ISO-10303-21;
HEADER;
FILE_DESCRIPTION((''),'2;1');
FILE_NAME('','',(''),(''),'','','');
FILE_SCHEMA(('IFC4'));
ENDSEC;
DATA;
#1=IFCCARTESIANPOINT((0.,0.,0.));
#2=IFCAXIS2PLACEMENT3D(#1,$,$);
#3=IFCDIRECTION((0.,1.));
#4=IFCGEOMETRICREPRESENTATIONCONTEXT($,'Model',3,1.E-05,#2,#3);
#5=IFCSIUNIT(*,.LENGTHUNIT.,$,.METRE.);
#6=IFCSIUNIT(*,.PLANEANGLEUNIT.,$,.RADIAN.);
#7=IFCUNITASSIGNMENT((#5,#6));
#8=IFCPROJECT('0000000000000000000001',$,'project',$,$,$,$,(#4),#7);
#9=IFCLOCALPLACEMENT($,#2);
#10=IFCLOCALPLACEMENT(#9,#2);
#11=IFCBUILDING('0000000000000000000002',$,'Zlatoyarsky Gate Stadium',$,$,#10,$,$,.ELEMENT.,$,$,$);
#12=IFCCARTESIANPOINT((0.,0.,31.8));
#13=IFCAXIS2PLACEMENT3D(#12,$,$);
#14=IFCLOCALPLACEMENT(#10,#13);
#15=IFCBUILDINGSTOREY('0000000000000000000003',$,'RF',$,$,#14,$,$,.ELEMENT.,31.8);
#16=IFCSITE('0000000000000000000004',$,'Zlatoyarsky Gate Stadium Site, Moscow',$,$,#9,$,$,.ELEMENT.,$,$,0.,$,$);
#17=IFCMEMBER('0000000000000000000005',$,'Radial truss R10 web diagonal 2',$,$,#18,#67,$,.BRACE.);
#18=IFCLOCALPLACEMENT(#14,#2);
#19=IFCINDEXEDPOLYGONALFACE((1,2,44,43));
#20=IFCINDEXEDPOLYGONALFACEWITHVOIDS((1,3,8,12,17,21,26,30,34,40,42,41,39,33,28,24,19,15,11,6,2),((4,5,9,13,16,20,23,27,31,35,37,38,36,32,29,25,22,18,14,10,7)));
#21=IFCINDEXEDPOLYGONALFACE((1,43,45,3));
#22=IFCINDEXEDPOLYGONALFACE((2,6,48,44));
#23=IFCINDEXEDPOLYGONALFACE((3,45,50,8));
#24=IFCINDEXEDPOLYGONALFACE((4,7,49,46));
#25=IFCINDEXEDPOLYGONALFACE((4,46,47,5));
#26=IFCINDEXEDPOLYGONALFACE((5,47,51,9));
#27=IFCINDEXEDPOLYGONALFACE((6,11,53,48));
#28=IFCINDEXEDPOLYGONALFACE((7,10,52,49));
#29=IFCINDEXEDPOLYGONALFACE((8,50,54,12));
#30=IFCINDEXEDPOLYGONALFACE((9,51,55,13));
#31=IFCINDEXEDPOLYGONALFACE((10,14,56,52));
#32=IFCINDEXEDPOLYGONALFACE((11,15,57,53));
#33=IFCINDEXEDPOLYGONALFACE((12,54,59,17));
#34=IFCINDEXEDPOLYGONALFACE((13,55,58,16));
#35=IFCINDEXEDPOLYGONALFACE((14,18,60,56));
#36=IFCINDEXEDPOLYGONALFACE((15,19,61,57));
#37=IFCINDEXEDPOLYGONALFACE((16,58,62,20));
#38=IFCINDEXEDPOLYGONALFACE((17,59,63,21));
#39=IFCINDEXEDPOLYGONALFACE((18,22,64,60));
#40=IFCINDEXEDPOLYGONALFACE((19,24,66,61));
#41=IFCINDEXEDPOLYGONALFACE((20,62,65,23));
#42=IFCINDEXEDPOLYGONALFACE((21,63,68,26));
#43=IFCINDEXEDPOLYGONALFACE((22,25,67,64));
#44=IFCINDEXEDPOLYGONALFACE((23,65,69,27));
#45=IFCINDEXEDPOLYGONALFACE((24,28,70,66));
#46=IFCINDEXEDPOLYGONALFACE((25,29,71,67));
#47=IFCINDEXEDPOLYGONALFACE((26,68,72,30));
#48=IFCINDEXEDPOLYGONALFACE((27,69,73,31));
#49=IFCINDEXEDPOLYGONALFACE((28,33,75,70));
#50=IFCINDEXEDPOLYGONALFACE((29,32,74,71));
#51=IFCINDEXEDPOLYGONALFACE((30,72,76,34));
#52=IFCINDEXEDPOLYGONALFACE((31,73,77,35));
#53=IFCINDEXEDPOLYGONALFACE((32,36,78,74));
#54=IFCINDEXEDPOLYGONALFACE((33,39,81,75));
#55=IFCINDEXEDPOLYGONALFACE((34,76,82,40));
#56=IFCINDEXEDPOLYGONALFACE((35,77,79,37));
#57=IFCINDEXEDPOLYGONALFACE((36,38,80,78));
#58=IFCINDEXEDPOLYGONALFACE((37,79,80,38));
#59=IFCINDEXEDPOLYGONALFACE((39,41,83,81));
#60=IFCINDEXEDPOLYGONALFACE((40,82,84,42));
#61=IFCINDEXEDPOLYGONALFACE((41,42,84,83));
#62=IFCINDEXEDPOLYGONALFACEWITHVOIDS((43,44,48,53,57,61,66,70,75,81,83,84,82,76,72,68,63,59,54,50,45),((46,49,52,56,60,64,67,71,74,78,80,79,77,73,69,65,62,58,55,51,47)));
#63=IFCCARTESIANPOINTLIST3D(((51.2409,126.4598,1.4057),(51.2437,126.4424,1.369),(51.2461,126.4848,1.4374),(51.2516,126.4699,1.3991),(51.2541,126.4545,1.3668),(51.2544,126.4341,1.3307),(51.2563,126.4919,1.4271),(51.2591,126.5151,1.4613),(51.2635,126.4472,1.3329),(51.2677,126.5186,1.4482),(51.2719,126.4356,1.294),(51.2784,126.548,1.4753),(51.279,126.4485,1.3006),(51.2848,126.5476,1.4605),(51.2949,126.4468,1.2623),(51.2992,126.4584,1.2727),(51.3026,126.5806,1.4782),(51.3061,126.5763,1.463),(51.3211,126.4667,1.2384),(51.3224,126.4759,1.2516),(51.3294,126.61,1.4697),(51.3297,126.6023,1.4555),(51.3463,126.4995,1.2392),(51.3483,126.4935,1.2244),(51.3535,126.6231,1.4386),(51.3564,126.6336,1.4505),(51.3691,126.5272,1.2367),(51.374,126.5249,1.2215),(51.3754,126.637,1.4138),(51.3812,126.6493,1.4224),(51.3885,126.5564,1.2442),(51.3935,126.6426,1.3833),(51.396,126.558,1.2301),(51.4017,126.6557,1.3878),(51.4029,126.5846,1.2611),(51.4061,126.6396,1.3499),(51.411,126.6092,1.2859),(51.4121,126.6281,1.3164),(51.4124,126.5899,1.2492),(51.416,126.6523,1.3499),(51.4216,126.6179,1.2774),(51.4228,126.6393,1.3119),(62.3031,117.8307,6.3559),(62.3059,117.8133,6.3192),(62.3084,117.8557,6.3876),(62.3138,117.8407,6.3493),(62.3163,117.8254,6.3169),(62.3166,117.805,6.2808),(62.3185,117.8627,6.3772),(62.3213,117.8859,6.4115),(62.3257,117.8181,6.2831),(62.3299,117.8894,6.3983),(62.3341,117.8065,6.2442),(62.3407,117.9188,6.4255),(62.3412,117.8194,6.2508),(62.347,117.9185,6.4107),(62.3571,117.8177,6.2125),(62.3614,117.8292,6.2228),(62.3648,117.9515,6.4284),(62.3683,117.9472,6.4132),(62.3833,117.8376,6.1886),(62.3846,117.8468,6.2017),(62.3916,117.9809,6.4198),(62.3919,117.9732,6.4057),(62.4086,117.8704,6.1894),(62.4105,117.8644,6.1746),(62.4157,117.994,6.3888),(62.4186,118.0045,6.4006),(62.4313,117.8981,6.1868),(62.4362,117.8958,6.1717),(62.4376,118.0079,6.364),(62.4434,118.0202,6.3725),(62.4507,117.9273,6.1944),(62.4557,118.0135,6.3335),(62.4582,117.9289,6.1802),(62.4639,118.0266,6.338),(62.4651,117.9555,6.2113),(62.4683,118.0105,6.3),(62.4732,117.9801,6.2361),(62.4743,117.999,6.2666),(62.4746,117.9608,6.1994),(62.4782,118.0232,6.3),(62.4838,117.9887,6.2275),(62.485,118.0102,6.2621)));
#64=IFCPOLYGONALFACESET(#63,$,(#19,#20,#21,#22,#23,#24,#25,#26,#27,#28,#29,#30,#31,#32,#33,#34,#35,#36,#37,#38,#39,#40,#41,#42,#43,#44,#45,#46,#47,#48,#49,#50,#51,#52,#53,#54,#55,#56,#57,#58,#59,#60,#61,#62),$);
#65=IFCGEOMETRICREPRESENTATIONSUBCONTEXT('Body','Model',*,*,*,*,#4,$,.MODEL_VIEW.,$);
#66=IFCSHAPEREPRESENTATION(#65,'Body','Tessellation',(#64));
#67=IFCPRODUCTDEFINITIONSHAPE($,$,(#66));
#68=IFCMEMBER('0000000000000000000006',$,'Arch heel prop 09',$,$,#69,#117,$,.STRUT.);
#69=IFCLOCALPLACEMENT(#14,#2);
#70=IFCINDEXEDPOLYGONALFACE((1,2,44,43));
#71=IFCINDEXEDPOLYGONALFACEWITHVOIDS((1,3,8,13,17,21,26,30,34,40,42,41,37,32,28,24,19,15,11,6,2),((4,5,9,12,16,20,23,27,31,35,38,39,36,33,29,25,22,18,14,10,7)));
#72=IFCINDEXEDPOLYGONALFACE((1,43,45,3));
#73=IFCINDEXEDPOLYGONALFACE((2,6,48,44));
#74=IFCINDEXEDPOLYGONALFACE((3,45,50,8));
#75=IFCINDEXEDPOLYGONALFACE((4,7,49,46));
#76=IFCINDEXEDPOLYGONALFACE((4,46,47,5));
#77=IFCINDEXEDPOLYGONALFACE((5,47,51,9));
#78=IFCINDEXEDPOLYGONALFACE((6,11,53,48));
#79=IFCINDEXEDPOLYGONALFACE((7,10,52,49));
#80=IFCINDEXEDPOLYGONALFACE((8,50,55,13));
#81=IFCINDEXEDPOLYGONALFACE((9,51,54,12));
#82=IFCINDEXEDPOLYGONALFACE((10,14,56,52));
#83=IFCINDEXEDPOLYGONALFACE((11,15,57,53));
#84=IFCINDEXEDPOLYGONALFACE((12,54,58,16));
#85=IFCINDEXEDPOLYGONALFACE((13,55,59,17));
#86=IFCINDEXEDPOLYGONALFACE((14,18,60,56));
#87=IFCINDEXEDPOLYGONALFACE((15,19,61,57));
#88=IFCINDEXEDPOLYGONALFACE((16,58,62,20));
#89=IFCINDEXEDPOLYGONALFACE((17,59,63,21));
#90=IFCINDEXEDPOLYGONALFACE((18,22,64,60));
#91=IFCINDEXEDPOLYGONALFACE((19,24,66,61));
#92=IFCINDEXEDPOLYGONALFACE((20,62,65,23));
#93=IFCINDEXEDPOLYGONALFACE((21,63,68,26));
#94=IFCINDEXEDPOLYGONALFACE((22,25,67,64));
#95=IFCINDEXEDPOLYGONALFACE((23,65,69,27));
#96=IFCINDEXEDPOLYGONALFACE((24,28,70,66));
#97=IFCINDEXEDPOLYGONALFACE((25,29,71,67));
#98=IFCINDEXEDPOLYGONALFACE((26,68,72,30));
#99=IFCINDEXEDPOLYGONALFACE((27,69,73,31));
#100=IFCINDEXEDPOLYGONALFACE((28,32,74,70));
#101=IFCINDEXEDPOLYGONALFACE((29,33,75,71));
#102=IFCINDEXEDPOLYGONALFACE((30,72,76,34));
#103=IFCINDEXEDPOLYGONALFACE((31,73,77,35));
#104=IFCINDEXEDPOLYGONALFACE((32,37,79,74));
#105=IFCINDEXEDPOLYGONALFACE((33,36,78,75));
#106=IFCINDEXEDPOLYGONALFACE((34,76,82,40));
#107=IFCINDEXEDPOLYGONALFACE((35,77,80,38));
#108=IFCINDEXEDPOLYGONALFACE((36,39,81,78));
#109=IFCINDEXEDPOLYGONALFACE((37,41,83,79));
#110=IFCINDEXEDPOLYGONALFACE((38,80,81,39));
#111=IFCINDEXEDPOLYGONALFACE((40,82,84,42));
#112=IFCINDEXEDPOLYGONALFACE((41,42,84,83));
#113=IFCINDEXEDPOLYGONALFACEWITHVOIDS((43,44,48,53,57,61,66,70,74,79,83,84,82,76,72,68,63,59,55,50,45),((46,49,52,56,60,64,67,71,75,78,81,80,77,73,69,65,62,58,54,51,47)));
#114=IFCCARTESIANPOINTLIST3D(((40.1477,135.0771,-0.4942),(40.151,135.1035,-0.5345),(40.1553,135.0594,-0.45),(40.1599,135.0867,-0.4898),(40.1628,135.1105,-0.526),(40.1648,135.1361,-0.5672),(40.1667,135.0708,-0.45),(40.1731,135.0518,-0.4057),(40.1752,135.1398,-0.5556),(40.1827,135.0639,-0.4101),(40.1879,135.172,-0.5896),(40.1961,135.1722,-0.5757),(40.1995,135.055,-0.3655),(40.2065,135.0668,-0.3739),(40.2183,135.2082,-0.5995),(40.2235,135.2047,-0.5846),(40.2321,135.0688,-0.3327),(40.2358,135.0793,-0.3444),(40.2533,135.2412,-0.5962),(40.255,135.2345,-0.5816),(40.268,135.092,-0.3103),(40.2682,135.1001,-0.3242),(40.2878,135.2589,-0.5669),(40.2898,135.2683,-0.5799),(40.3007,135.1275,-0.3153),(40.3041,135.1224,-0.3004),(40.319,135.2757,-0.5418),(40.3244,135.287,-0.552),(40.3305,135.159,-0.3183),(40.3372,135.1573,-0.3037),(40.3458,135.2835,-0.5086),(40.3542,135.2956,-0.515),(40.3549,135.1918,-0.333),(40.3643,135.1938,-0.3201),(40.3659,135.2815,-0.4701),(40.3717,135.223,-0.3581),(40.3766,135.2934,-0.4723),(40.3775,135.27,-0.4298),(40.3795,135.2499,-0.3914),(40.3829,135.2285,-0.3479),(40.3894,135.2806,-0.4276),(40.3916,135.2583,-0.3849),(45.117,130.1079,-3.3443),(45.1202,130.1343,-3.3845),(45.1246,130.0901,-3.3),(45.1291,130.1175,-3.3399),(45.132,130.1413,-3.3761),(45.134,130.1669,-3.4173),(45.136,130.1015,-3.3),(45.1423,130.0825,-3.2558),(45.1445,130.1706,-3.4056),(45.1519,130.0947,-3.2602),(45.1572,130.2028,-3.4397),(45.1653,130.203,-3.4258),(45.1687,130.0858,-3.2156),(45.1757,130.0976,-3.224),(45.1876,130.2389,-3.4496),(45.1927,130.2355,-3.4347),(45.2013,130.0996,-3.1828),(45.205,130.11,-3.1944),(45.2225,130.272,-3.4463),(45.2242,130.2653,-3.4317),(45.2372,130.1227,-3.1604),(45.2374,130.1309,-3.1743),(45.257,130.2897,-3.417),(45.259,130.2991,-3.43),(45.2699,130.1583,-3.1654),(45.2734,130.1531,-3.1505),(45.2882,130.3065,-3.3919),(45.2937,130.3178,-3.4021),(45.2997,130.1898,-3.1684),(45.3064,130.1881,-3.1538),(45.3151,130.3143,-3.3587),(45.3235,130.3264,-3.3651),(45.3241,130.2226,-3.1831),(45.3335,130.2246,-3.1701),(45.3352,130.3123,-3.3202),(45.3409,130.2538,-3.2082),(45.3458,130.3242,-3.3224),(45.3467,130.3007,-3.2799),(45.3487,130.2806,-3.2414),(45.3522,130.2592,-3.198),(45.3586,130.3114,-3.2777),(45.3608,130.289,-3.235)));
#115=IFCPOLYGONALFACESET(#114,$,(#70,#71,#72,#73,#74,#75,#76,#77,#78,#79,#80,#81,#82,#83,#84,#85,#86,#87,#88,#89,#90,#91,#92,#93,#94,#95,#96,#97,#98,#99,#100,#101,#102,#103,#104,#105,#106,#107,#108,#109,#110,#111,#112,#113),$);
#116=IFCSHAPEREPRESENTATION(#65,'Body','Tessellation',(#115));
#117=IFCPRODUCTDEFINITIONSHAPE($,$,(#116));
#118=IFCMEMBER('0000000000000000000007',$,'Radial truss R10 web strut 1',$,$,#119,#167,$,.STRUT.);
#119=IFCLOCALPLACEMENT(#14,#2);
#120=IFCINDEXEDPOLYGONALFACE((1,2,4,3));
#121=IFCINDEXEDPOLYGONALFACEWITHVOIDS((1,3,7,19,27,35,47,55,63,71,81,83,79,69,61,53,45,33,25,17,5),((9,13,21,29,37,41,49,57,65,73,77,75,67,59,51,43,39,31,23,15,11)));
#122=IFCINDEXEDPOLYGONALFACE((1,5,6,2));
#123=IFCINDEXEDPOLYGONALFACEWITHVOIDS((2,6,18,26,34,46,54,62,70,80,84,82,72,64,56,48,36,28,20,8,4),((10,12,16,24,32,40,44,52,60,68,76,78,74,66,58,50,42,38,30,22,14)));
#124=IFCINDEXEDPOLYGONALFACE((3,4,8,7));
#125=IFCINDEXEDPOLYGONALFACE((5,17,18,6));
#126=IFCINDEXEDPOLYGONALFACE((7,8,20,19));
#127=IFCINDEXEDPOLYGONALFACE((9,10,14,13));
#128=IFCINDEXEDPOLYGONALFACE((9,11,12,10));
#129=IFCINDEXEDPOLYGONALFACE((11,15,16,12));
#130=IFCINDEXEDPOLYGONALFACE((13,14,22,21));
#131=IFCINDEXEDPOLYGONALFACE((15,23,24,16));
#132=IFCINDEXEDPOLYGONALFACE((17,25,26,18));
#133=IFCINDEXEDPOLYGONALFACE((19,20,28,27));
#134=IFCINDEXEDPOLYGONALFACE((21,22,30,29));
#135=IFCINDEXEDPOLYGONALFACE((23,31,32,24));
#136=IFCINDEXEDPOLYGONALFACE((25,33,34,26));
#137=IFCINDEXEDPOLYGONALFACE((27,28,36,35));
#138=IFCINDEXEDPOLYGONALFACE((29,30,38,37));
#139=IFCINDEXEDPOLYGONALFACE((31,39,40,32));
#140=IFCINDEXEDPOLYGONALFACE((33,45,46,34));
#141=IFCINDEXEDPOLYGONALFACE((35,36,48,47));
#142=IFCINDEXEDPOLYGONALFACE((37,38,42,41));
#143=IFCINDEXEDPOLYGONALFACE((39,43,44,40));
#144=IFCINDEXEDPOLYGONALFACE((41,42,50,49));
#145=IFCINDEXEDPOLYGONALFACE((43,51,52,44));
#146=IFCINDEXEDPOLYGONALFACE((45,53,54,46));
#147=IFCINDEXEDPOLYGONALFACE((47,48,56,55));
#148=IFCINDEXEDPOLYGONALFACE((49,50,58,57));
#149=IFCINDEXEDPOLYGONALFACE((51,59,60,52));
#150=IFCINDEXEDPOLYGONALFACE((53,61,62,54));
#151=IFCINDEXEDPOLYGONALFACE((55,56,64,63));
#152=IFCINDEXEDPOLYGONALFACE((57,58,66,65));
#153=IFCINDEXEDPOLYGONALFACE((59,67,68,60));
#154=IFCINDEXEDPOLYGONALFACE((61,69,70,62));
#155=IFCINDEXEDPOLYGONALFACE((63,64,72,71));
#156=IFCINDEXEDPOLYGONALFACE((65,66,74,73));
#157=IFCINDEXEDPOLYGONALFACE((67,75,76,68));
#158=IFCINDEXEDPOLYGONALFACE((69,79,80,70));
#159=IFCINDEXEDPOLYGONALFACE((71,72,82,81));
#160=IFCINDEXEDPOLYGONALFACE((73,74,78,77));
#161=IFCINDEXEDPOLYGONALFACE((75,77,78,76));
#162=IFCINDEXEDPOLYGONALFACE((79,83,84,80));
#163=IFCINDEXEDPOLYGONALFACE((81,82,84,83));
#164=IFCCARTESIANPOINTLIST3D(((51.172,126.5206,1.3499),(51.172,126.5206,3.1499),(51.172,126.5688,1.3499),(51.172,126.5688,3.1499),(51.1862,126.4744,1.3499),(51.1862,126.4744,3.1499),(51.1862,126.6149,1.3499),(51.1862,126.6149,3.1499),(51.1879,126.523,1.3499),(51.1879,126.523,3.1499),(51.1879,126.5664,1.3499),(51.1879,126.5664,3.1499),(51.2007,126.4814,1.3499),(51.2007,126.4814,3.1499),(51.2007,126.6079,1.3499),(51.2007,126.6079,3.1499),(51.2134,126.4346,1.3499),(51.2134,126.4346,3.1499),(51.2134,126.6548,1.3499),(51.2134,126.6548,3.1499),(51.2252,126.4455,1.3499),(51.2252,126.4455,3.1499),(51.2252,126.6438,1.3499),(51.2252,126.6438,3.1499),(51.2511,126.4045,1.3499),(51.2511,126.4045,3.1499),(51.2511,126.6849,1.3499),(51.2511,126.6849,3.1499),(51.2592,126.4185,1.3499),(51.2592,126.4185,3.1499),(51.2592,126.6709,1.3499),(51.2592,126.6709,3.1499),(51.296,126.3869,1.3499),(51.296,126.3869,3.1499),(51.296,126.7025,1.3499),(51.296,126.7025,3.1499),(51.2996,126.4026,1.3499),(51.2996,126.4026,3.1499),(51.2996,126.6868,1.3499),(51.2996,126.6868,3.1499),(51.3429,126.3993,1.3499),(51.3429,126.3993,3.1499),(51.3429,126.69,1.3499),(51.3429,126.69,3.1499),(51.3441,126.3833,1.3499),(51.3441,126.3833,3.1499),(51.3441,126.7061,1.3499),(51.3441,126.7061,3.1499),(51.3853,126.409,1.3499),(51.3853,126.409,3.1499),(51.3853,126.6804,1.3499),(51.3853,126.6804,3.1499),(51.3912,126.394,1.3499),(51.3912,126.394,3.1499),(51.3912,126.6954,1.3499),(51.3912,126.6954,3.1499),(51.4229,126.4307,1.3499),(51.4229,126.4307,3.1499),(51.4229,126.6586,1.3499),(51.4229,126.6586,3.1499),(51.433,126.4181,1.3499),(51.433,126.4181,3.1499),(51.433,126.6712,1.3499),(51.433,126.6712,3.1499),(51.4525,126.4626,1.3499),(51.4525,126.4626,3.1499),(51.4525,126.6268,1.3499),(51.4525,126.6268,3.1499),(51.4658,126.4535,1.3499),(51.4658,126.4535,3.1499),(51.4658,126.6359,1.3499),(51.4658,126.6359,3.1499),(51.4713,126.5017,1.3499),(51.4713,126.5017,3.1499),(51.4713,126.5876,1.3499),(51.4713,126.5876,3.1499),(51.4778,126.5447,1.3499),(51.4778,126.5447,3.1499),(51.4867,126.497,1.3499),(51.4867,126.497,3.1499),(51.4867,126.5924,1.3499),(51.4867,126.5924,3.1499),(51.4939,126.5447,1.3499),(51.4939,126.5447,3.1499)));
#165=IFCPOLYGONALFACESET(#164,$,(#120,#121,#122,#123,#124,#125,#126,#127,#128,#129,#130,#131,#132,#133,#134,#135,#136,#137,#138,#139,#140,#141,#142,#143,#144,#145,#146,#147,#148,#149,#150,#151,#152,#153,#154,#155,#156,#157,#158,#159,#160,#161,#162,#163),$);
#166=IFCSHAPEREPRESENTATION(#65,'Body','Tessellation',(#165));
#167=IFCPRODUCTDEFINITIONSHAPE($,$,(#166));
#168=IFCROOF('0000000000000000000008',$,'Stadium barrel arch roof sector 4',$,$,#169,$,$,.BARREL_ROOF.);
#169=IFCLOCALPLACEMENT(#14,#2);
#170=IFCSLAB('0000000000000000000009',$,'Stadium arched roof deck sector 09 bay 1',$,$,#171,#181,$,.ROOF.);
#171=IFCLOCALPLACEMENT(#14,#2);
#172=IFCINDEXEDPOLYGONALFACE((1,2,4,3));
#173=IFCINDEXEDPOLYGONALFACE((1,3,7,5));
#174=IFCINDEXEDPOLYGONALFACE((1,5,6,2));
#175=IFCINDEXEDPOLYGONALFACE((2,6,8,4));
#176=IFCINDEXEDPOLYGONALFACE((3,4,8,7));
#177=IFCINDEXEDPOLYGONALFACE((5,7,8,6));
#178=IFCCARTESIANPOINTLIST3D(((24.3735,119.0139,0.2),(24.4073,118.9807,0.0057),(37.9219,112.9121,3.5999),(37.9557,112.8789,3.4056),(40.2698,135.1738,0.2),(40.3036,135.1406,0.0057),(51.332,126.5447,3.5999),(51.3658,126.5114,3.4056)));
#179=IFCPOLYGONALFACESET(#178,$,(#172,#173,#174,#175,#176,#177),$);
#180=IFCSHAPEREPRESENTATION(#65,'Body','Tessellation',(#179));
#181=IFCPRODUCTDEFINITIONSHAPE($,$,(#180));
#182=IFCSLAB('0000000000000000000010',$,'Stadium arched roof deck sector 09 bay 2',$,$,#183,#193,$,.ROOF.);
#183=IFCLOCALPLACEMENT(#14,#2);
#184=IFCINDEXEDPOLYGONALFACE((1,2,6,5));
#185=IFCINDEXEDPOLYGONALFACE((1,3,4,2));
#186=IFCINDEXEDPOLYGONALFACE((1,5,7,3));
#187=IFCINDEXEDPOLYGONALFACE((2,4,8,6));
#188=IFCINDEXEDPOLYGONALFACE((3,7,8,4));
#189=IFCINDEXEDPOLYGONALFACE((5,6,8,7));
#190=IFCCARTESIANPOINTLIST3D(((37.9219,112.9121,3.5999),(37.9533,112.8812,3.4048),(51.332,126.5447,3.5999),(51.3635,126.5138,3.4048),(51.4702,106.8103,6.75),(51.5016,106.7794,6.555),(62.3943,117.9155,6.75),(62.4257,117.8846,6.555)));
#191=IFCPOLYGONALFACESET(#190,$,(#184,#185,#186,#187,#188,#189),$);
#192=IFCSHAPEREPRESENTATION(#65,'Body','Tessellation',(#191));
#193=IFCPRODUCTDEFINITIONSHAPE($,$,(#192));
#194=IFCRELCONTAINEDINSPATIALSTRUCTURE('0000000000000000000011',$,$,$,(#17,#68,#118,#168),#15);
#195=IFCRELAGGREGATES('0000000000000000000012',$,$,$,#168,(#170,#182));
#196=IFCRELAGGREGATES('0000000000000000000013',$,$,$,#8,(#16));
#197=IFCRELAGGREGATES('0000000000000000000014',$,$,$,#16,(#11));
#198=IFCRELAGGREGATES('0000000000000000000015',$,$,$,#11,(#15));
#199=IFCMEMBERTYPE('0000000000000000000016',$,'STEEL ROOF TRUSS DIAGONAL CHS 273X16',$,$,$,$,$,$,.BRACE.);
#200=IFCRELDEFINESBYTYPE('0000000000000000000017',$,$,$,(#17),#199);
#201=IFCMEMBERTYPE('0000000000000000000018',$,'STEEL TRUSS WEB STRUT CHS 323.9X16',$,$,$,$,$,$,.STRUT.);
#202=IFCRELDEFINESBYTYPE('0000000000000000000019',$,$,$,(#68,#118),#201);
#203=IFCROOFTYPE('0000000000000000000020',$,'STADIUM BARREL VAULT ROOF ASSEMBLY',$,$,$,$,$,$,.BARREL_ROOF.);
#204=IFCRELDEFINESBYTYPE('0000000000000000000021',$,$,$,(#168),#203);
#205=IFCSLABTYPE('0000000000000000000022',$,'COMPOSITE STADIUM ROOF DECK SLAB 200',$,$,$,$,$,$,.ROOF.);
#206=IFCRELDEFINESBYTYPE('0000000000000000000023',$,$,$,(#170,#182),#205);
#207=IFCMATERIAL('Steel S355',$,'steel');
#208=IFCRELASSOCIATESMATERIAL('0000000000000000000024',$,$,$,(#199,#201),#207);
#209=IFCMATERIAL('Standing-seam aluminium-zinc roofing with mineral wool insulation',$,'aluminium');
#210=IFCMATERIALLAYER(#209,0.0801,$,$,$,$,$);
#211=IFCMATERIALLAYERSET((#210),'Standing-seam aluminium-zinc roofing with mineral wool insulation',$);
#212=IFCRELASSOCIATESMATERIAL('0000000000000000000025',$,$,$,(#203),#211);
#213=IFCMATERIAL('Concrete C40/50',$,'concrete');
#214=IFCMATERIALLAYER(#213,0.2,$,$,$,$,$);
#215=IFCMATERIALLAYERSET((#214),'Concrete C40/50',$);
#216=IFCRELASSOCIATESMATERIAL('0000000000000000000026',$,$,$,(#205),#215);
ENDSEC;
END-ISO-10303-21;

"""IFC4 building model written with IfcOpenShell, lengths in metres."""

from ifc_helpers import new_model, si_unit, direction, frame, origin, origin_2d, place, context, subcontext, project, spatial, polyline, hollow_circle, outline, extrude, material, layer, layer_set, material_profile, profile_set, type_object, element, aggregate, save


model = new_model("IFC4")

# Units and contexts
model_context = context("Model", 3, precision=1e-05, world=origin(), true_north=direction((0.0, 1.0)))
body_context = subcontext(model_context, "Body", "Model", "MODEL_VIEW")
ifc_project = project(units=[si_unit("LENGTHUNIT", "METRE"), si_unit("PLANEANGLEUNIT", "RADIAN")], contexts=[model_context])

# Site, building, storey
site_placement = place(None, origin())
site = spatial("IfcSite", under=ifc_project, at=site_placement, Name="Zlatoyarsky Gate Stadium Site, Moscow", CompositionType="ELEMENT", RefElevation=0.0)
building_placement = place(site_placement, origin())
building = spatial("IfcBuilding", under=site, at=building_placement, Name="Zlatoyarsky Gate Stadium", CompositionType="ELEMENT")
storey_placement = place(building_placement, frame((0.0, 0.0, 31.8)))
storey = spatial("IfcBuildingStorey", under=building, at=storey_placement, Name="RF", CompositionType="ELEMENT", Elevation=31.8)

# Shared definitions
ifc_material_1 = material(Name="Steel S355", Category="steel")

# Members
ifc_material_profile_1 = material_profile(ifc_material_1, hollow_circle(Radius=0.1365, WallThickness=0.0161, at=origin_2d()), Name="CHS 273X16")
ifc_profile_set_1 = profile_set([ifc_material_profile_1], Name="Steel S355")
member_type_1 = type_object("IfcMemberType", Name="STEEL ROOF TRUSS DIAGONAL CHS 273X16", PredefinedType="BRACE", material=ifc_profile_set_1)
member_1_placement = place(storey_placement, frame((51.332, 126.5447, 1.3499), z_axis=(0.743556, -0.580013, 0.33273), x_axis=(0.615058, 0.788482, 0.0)))
element("IfcMember", 1, at=member_1_placement, inside=storey, type_object=member_type_1, Name="Radial truss R10 web diagonal 2", PredefinedType="BRACE", context=body_context, shape_type="SweptSolid", body=[
    extrude(hollow_circle(Radius=0.1365, WallThickness=0.0161, at=origin_2d()), origin(), (0.0, 0.0, 1.0), 14.8774),
])
ifc_material_profile_2 = material_profile(ifc_material_1, hollow_circle(Radius=0.1619, WallThickness=0.0161, at=origin_2d()), Name="CHS 323.9X16")
ifc_profile_set_2 = profile_set([ifc_material_profile_2], Name="Steel S355")
member_type_2 = type_object("IfcMemberType", Name="STEEL TRUSS WEB STRUT CHS 323.9X16", PredefinedType="STRUT", material=ifc_profile_set_2)
member_2_placement = place(storey_placement, frame((45.239, 130.2046, -3.3), z_axis=(-0.655268, 0.655268, 0.375828), x_axis=(-0.707107, -0.707107, 0.0)))
element("IfcMember", 2, at=member_2_placement, inside=storey, type_object=member_type_2, Name="Arch heel prop 09", PredefinedType="STRUT", context=body_context, shape_type="SweptSolid", body=[
    extrude(hollow_circle(Radius=0.1619, WallThickness=0.0161, at=origin_2d()), origin(), (0.0, 0.0, 1.0), 7.5835),
])
member_3_placement = place(storey_placement, frame((51.332, 126.5447, 1.3499), z_axis=(0.0, 0.0, 1.0), x_axis=(1.0, 0.0, 0.0)))
element("IfcMember", 3, at=member_3_placement, inside=storey, type_object=member_type_2, Name="Radial truss R10 web strut 1", PredefinedType="STRUT", context=body_context, shape_type="SweptSolid", body=[
    extrude(hollow_circle(Radius=0.1619, WallThickness=0.0161, at=origin_2d()), origin(), (0.0, 0.0, 1.0), 1.8),
])

# Roof, slabs
ifc_material_2 = material(Name="Standing-seam aluminium-zinc roofing with mineral wool insulation", Category="aluminium")
ifc_layer_1 = layer(ifc_material_2, 0.0801)
ifc_layer_set_1 = layer_set([ifc_layer_1], Name="Standing-seam aluminium-zinc roofing with mineral wool insulation")
roof_type = type_object("IfcRoofType", Name="STADIUM BARREL VAULT ROOF ASSEMBLY", PredefinedType="BARREL_ROOF", material=ifc_layer_set_1)
roof_placement = place(storey_placement, origin())
roof = element("IfcRoof", 4, at=roof_placement, inside=storey, type_object=roof_type, Name="Stadium barrel arch roof sector 4", PredefinedType="BARREL_ROOF")
ifc_material_3 = material(Name="Concrete C40/50", Category="concrete")
ifc_layer_2 = layer(ifc_material_3, 0.2)
ifc_layer_set_2 = layer_set([ifc_layer_2], Name="Concrete C40/50")
slab_type = type_object("IfcSlabType", Name="COMPOSITE STADIUM ROOF DECK SLAB 200", PredefinedType="ROOF", material=ifc_layer_set_2)
slab_1_placement = place(storey_placement, frame((40.2698, 135.1738, 0.2), z_axis=(-0.168949, 0.166192, 0.971513), x_axis=(-0.701267, -0.712899, 0.0)))
slab_1 = element("IfcSlab", 5, at=slab_1_placement, type_object=slab_type, Name="Stadium arched roof deck sector 09 bay 1", PredefinedType="ROOF", context=body_context, shape_type="SweptSolid", body=[
    extrude(outline(polyline([(0.0, 0.0), (22.6679, 0.0), (17.5169, 14.3463), (-1.6059, 14.3463), (0.0, 0.0)])), origin(), (0.0, 0.0, -1.0), 0.2),
])
slab_2_placement = place(storey_placement, frame((51.332, 126.5447, 3.5999), z_axis=(-0.157163, 0.1546, 0.975397), x_axis=(-0.701268, -0.712898, 0.0)))
slab_2 = element("IfcSlab", 6, at=slab_2_placement, type_object=slab_type, Name="Stadium arched roof deck sector 09 bay 2", PredefinedType="ROOF", context=body_context, shape_type="SweptSolid", body=[
    extrude(outline(polyline([(0.0, 0.0), (19.1227, 0.0), (13.9717, 14.2891), (-1.6059, 14.2892), (0.0, 0.0)])), origin(), (0.0, 0.0, -1.0), 0.2),
])

aggregate(roof, [slab_1, slab_2])

save(model, "model.ifc")
